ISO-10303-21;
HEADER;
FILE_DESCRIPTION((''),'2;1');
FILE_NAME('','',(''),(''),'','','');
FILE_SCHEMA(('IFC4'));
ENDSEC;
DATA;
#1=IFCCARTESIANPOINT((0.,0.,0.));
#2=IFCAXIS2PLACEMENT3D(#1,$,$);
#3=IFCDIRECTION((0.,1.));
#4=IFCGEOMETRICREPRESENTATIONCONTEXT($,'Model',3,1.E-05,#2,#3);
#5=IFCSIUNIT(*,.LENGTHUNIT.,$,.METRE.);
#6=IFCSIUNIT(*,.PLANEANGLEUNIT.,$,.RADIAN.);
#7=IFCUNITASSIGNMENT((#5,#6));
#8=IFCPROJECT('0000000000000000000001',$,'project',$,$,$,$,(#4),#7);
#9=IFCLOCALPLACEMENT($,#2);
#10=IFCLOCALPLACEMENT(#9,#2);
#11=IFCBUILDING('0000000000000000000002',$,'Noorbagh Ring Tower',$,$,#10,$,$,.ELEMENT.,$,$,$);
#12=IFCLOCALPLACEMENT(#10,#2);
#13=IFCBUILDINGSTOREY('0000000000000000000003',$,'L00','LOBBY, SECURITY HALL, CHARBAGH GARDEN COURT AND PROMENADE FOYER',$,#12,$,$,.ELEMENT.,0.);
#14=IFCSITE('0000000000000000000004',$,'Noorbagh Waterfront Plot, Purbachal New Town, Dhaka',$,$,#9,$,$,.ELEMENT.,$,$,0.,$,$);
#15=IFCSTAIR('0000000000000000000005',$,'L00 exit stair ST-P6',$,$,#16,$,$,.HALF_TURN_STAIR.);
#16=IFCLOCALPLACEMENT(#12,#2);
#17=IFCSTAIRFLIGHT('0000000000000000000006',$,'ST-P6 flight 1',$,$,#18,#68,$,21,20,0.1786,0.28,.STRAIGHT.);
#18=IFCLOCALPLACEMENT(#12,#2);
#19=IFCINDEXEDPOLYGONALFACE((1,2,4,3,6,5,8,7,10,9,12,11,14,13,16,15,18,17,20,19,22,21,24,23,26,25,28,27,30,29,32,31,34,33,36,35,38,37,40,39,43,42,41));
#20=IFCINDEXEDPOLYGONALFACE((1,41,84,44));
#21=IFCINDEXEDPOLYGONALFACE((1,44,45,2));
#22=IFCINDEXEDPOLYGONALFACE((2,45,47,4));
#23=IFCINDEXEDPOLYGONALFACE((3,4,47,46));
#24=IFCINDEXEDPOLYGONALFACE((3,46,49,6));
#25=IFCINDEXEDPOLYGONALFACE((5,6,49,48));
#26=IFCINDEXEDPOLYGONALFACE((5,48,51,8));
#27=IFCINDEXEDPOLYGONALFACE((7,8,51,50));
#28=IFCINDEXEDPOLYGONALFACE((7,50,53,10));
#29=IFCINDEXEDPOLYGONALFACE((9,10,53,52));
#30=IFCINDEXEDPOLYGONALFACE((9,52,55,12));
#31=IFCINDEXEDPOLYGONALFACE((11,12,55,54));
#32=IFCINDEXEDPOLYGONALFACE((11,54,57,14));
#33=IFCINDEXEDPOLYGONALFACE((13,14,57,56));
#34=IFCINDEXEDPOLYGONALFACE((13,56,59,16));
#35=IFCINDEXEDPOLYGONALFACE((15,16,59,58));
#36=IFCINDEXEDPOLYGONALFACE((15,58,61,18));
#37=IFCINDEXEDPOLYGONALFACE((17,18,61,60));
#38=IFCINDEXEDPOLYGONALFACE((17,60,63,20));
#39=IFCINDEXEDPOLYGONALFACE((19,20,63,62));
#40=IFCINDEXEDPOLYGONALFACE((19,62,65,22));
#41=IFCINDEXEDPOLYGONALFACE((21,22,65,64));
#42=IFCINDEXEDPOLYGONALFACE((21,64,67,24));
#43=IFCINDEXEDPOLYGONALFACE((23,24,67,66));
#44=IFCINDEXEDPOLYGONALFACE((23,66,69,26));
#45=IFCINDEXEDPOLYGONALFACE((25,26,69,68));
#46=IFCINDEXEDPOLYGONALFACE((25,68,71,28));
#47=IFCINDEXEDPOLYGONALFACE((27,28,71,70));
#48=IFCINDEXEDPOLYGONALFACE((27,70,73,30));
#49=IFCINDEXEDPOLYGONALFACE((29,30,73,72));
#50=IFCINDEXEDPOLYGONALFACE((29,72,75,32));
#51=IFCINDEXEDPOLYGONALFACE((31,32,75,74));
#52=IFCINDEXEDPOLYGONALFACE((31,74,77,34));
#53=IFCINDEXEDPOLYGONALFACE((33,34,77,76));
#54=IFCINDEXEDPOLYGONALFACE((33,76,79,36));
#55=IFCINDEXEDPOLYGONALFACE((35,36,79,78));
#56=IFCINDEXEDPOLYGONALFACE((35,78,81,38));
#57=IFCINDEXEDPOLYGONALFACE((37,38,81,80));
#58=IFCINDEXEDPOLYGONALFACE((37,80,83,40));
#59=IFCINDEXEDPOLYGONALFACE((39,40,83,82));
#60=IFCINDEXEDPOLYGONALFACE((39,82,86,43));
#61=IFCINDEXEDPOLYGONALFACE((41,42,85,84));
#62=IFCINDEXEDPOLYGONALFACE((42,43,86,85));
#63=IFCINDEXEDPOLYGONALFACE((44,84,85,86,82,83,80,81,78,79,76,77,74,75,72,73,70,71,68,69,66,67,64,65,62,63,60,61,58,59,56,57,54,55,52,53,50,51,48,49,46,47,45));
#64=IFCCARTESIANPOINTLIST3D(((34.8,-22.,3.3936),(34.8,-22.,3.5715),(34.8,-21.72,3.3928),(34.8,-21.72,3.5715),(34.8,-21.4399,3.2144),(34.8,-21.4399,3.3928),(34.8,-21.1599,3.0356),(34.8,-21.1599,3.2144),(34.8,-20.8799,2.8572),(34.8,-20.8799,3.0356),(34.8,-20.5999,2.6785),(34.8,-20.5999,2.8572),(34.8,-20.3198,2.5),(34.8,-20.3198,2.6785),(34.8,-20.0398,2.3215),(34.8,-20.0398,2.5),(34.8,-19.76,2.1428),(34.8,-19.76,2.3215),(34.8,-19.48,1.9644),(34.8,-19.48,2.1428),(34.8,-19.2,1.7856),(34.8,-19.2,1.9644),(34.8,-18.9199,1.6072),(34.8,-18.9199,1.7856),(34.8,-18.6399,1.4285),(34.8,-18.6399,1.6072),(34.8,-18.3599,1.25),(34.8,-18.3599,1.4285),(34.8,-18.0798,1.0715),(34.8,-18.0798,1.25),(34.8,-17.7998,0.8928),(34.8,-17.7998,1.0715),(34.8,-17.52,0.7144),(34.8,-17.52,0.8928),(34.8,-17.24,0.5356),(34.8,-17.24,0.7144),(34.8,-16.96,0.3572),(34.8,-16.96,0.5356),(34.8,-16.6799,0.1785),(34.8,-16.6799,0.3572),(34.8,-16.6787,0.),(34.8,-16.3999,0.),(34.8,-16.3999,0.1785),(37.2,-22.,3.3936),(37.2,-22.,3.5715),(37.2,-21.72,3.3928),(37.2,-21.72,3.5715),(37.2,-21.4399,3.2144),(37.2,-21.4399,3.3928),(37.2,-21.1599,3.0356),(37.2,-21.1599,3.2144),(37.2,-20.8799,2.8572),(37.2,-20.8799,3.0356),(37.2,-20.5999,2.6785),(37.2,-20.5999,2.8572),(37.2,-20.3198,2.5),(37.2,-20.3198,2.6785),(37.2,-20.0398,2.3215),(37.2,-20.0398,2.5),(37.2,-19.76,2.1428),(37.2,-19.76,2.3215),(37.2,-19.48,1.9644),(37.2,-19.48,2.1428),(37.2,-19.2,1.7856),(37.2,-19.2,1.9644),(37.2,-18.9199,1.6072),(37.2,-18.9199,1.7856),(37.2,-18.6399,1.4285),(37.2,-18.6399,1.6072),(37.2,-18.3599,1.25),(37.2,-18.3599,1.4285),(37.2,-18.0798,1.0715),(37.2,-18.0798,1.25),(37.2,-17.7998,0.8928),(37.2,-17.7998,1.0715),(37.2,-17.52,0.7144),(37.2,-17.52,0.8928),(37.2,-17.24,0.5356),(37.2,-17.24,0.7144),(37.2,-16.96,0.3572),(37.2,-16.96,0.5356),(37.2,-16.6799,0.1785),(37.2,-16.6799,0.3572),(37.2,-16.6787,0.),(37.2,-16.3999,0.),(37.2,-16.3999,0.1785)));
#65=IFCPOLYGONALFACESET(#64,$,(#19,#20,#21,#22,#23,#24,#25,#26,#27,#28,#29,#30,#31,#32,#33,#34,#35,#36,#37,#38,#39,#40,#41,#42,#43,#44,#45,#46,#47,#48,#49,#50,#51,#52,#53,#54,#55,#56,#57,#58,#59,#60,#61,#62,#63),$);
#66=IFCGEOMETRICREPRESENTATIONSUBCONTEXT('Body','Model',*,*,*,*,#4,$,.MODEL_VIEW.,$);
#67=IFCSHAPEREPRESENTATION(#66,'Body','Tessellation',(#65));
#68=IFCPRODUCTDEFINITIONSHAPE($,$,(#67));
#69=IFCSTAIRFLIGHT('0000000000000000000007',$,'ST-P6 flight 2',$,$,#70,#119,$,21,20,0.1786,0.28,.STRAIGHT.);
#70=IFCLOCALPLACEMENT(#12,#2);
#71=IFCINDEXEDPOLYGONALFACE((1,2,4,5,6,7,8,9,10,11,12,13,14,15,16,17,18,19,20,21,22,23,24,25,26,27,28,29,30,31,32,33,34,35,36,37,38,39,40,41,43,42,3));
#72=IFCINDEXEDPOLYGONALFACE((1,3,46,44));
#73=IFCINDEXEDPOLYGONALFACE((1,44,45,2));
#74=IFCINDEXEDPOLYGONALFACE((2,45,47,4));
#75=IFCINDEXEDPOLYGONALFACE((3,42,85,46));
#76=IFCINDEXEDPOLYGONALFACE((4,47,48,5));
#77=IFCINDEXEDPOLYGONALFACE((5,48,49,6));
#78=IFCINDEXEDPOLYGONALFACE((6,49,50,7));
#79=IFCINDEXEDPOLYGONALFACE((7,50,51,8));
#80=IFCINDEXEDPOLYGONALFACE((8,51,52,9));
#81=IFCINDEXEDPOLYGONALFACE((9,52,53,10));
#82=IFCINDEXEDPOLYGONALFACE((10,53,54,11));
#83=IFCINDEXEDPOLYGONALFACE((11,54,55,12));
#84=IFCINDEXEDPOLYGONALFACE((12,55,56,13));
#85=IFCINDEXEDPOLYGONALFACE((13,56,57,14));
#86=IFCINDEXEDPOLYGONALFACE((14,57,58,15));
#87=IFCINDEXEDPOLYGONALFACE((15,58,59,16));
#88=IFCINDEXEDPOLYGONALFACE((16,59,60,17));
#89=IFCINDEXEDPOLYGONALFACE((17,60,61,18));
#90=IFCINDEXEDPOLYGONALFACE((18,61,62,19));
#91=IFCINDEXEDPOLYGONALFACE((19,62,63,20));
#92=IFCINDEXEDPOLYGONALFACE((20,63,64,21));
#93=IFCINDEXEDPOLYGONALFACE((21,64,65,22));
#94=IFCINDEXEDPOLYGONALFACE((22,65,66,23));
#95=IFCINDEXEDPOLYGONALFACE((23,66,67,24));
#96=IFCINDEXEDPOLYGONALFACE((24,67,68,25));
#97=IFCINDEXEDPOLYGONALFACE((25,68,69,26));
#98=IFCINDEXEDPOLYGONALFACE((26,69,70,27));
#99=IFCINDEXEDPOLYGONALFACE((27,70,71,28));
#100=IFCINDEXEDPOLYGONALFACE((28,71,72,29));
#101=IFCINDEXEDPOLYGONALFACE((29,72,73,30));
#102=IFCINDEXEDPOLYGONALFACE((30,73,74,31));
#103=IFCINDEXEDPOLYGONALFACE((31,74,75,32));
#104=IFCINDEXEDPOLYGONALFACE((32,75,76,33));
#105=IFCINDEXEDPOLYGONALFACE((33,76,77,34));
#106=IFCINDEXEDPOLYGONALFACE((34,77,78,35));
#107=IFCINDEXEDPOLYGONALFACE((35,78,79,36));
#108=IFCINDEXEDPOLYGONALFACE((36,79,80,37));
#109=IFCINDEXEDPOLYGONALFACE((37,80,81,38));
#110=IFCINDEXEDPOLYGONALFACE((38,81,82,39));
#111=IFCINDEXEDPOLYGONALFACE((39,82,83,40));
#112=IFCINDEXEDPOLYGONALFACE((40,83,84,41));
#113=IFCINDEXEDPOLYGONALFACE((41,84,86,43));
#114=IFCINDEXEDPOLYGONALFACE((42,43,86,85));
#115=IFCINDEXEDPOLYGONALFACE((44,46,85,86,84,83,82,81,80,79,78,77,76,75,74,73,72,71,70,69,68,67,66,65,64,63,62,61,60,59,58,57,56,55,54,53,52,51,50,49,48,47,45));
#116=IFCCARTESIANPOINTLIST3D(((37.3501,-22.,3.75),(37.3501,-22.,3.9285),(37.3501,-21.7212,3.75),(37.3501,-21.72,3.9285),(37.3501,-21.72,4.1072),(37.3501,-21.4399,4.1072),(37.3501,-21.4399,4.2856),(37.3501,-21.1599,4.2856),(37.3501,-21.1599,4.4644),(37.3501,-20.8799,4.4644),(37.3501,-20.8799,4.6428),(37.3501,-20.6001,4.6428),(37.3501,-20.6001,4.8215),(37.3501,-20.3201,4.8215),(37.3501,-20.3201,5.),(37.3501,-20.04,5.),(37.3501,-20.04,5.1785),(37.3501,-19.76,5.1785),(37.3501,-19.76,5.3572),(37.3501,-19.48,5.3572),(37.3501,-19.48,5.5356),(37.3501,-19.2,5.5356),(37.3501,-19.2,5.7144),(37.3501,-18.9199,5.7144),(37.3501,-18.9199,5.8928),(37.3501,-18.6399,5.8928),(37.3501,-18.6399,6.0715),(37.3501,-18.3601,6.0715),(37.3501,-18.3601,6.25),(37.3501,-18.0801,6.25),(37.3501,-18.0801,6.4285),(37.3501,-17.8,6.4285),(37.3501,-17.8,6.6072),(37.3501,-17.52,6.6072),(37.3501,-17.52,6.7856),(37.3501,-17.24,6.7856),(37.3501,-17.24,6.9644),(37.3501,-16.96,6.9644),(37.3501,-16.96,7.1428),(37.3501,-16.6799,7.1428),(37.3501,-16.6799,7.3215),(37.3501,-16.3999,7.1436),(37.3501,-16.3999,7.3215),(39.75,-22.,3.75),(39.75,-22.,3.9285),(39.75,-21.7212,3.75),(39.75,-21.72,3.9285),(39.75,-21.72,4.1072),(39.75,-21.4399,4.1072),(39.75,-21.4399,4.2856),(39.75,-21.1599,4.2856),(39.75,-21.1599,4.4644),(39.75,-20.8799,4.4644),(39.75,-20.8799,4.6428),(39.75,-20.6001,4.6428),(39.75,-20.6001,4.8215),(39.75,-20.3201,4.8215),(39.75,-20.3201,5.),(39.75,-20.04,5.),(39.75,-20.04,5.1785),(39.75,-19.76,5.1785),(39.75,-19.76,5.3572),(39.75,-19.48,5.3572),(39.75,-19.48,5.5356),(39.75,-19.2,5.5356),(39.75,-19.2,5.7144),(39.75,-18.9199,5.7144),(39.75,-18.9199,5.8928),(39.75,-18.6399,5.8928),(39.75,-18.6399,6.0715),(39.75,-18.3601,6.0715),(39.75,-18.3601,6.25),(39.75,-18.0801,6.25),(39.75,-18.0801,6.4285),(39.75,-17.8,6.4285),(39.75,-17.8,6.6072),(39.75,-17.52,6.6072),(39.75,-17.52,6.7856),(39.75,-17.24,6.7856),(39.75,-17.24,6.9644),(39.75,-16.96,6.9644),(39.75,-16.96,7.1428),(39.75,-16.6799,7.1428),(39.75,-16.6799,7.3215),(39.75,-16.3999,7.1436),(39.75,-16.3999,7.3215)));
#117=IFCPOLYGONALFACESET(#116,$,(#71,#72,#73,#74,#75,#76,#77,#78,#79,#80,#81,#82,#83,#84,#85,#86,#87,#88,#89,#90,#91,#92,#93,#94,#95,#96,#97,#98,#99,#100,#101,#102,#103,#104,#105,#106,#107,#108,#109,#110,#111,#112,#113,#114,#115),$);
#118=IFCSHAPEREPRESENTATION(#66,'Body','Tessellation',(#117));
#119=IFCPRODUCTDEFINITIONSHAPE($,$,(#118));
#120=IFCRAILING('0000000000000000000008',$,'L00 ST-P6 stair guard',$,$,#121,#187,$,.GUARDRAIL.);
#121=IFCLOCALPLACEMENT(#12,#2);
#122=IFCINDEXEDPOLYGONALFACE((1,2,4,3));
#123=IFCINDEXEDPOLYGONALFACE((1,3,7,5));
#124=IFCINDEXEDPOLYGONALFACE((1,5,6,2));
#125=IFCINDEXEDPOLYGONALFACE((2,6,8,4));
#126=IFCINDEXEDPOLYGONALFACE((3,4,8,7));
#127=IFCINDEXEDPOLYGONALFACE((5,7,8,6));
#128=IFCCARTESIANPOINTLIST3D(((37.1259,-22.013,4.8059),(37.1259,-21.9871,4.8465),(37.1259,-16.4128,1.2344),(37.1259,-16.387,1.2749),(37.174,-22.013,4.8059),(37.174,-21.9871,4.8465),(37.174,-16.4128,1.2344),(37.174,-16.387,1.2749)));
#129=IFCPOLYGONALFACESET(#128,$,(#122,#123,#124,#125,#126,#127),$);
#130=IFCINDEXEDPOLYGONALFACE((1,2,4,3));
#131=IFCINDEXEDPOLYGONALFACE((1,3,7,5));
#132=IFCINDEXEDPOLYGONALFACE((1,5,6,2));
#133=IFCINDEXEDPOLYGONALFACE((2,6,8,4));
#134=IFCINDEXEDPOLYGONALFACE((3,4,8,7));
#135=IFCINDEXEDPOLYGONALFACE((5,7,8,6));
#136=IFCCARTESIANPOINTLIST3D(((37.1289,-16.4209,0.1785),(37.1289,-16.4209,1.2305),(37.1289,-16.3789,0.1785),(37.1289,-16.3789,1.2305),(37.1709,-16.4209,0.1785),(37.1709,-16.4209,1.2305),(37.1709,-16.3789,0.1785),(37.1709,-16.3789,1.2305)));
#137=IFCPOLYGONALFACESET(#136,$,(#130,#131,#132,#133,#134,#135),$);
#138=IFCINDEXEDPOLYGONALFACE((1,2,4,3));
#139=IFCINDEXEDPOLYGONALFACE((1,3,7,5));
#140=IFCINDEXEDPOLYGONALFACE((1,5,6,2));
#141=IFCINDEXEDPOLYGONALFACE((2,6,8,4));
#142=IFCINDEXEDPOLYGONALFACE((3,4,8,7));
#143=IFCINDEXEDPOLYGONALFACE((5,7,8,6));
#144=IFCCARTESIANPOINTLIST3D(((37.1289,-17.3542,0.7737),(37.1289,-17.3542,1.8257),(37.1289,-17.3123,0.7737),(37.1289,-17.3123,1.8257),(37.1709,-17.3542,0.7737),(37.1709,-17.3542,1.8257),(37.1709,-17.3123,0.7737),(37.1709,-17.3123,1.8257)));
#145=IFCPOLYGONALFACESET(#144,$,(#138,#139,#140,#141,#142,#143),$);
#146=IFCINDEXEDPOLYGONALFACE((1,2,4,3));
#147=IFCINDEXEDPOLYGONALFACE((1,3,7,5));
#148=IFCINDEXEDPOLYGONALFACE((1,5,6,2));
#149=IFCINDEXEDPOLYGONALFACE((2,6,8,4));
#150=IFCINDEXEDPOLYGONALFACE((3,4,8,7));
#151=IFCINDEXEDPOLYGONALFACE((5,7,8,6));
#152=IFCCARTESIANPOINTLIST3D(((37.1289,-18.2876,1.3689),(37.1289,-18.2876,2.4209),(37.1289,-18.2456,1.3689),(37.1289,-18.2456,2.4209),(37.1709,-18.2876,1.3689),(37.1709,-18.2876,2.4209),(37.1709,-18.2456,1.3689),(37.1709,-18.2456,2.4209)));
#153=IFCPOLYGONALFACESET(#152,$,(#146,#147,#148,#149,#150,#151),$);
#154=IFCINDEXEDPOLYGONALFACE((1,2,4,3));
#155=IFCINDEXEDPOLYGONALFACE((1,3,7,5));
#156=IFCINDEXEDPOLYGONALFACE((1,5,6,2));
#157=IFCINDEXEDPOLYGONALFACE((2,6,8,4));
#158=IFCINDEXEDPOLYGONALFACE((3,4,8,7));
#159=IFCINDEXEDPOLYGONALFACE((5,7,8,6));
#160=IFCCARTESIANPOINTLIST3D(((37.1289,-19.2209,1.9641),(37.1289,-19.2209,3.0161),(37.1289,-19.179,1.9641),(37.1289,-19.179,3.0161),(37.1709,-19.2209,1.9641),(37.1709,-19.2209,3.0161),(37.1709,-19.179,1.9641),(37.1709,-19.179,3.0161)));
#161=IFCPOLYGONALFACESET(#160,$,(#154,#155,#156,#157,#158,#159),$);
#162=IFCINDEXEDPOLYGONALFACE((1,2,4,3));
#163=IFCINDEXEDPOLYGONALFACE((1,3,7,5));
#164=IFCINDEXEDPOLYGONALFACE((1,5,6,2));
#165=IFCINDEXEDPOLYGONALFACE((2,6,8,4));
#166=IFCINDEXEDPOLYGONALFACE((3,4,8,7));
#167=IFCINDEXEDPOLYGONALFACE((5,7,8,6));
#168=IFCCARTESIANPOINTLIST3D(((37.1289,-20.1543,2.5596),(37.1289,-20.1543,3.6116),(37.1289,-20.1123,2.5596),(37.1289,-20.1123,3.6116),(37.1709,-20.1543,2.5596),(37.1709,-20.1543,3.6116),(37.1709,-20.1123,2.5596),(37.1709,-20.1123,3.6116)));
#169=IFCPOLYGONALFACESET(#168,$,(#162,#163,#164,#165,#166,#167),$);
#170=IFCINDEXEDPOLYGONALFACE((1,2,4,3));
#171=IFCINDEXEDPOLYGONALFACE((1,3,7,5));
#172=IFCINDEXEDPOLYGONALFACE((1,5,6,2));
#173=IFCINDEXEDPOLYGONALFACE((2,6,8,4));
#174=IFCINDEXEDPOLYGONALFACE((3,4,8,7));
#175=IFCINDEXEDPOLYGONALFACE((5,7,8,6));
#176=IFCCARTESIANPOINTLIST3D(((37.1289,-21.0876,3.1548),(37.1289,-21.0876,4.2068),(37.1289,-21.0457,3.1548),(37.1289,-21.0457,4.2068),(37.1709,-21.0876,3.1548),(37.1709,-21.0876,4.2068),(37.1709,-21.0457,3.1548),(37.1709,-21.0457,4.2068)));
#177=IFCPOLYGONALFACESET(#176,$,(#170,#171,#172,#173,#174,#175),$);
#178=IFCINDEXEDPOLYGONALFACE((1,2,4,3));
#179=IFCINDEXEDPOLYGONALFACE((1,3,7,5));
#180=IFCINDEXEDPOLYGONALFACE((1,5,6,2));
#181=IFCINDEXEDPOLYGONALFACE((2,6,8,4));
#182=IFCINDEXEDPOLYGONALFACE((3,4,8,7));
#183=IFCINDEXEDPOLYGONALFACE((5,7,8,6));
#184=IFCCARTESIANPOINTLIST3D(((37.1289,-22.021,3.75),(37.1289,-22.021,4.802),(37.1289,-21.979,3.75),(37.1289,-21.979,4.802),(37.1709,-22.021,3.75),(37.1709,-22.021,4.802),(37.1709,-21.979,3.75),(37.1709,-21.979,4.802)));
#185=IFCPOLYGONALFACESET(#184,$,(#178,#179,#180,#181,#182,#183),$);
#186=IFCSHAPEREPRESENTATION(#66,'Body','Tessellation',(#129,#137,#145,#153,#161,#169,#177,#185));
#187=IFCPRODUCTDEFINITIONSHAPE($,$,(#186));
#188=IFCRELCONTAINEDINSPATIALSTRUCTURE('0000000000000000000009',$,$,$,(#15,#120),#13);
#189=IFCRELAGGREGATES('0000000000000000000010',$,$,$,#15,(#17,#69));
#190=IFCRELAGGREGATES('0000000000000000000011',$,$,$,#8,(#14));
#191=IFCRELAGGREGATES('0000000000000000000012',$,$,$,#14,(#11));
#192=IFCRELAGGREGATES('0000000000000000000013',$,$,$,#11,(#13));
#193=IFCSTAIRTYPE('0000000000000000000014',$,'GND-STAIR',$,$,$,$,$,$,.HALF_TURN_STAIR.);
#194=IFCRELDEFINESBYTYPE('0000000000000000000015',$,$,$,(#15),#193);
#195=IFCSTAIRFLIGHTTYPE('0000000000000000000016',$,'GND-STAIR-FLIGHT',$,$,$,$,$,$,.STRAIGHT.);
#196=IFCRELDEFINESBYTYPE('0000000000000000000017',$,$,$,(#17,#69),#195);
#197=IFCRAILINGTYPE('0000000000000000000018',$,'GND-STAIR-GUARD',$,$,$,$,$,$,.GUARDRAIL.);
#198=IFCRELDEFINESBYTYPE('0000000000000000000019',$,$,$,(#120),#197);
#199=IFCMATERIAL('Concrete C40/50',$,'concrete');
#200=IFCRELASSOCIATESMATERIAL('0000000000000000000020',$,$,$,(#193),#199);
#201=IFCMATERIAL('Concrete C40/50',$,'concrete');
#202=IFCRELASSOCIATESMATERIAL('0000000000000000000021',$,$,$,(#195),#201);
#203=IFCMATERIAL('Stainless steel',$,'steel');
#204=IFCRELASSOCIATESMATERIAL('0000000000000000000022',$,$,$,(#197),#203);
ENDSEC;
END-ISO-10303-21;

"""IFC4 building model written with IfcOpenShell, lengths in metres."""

from ifc_helpers import new_model, si_unit, direction, frame, origin, origin_2d, place, context, subcontext, project, spatial, polyline, rectangle, outline, extrude, material, type_object, element, aggregate, save


model = new_model("IFC4")

# Units and contexts
model_context = context("Model", 3, precision=1e-05, world=origin(), true_north=direction((0.0, 1.0)))
body_context = subcontext(model_context, "Body", "Model", "MODEL_VIEW")
ifc_project = project(units=[si_unit("LENGTHUNIT", "METRE"), si_unit("PLANEANGLEUNIT", "RADIAN")], contexts=[model_context])

# Site, building, storey
site_placement = place(None, origin())
site = spatial("IfcSite", under=ifc_project, at=site_placement, Name="Noorbagh Waterfront Plot, Purbachal New Town, Dhaka", CompositionType="ELEMENT", RefElevation=0.0)
building_placement = place(site_placement, origin())
building = spatial("IfcBuilding", under=site, at=building_placement, Name="Noorbagh Ring Tower", CompositionType="ELEMENT")
storey_placement = place(building_placement, origin())
storey = spatial("IfcBuildingStorey", under=building, at=storey_placement, Name="L00", Description="LOBBY, SECURITY HALL, CHARBAGH GARDEN COURT AND PROMENADE FOYER", CompositionType="ELEMENT", Elevation=0.0)

# Stair, stair flights
ifc_material_1 = material(Name="Concrete C40/50", Category="concrete")
stair_type = type_object("IfcStairType", Name="GND-STAIR", PredefinedType="HALF_TURN_STAIR", material=ifc_material_1)
stair_placement = place(storey_placement, origin())
stair = element("IfcStair", 1, at=stair_placement, inside=storey, type_object=stair_type, Name="L00 exit stair ST-P6", PredefinedType="HALF_TURN_STAIR")
ifc_material_2 = material(Name="Concrete C40/50", Category="concrete")
stair_flight_type = type_object("IfcStairFlightType", Name="GND-STAIR-FLIGHT", PredefinedType="STRAIGHT", material=ifc_material_2)
stair_flight_1_placement = place(storey_placement, frame((36.0, -16.3999, 0.0), z_axis=(0.0, 0.0, 1.0), x_axis=(0.0, -1.0, 0.0)))
stair_flight_1 = element("IfcStairFlight", 2, at=stair_flight_1_placement, type_object=stair_flight_type, Name="ST-P6 flight 1", NumberOfRisers=21, NumberOfTreads=20, PredefinedType="STRAIGHT", RiserHeight=0.1786, TreadLength=0.28, context=body_context, shape_type="SweptSolid", body=[
    extrude(outline(polyline([(0.0, 0.0), (0.0, 0.1785), (0.28, 0.1785), (0.28, 0.3572), (0.5601, 0.3572), (0.5601, 0.5356), (0.8401, 0.5356), (0.8401, 0.7144), (1.1201, 0.7144), (1.1201, 0.8928), (1.3999, 0.8928), (1.3999, 1.0715), (1.6799, 1.0715), (1.6799, 1.25), (1.96, 1.25), (1.96, 1.4285), (2.24, 1.4285), (2.24, 1.6072), (2.52, 1.6072), (2.52, 1.7856), (2.8, 1.7856), (2.8, 1.9644), (3.0801, 1.9644), (3.0801, 2.1428), (3.3601, 2.1428), (3.3601, 2.3215), (3.6399, 2.3215), (3.6399, 2.5), (3.9199, 2.5), (3.9199, 2.6785), (4.2, 2.6785), (4.2, 2.8572), (4.48, 2.8572), (4.48, 3.0356), (4.76, 3.0356), (4.76, 3.2144), (5.04, 3.2144), (5.04, 3.3928), (5.3201, 3.3928), (5.3201, 3.5715), (5.6001, 3.5715), (5.6001, 3.75), (5.6001, 3.3936), (0.2788, 0.0), (0.0, 0.0)])), frame((0.0, 1.2, 0.0), z_axis=(0.0, -1.0, 0.0), x_axis=(1.0, 0.0, 0.0)), (0.0, 0.0, 1.0), 2.3999),
])
stair_flight_2_placement = place(storey_placement, frame((38.55, -22.0, 3.75), z_axis=(0.0, 0.0, 1.0), x_axis=(0.0, 1.0, 0.0)))
stair_flight_2 = element("IfcStairFlight", 3, at=stair_flight_2_placement, type_object=stair_flight_type, Name="ST-P6 flight 2", NumberOfRisers=21, NumberOfTreads=20, PredefinedType="STRAIGHT", RiserHeight=0.1786, TreadLength=0.28, context=body_context, shape_type="SweptSolid", body=[
    extrude(outline(polyline([(0.0, 0.0), (0.0, 0.1785), (0.28, 0.1785), (0.28, 0.3572), (0.5601, 0.3572), (0.5601, 0.5356), (0.8401, 0.5356), (0.8401, 0.7144), (1.1201, 0.7144), (1.1201, 0.8928), (1.3999, 0.8928), (1.3999, 1.0715), (1.6799, 1.0715), (1.6799, 1.25), (1.96, 1.25), (1.96, 1.4285), (2.24, 1.4285), (2.24, 1.6072), (2.52, 1.6072), (2.52, 1.7856), (2.8, 1.7856), (2.8, 1.9644), (3.0801, 1.9644), (3.0801, 2.1428), (3.3601, 2.1428), (3.3601, 2.3215), (3.6399, 2.3215), (3.6399, 2.5), (3.9199, 2.5), (3.9199, 2.6785), (4.2, 2.6785), (4.2, 2.8572), (4.48, 2.8572), (4.48, 3.0356), (4.76, 3.0356), (4.76, 3.2144), (5.04, 3.2144), (5.04, 3.3928), (5.3201, 3.3928), (5.3201, 3.5715), (5.6001, 3.5715), (5.6001, 3.75), (5.6001, 3.3936), (0.2788, 0.0), (0.0, 0.0)])), frame((0.0, 1.2, 0.0), z_axis=(0.0, -1.0, 0.0), x_axis=(1.0, 0.0, 0.0)), (0.0, 0.0, 1.0), 2.3999),
])
aggregate(stair, [stair_flight_1, stair_flight_2])

# Railing
ifc_material_3 = material(Name="Stainless steel", Category="steel")
railing_type_1 = type_object("IfcRailingType", Name="GND-STAIR-GUARD", PredefinedType="GUARDRAIL", material=ifc_material_3)
railing_1_placement = place(storey_placement, frame((37.1499, -16.3999, 0.1785)))
element("IfcRailing", 4, at=railing_1_placement, inside=storey, type_object=railing_type_1, Name="L00 ST-P6 stair guard", PredefinedType="GUARDRAIL", context=body_context, shape_type="SweptSolid", body=[
    extrude(rectangle(XDim=0.0481, YDim=0.0481, at=origin_2d()), frame((0.0, 0.0, 1.0762), z_axis=(0.0, -0.843127, 0.537715), x_axis=(1.0, 0.0, 0.0)), (0.0, 0.0, 1.0), 6.6421),
    extrude(rectangle(XDim=0.042, YDim=0.042, at=origin_2d()), origin(), (0.0, 0.0, 1.0), 1.052),
    extrude(rectangle(XDim=0.042, YDim=0.042, at=origin_2d()), frame((0.0, -0.9333, 0.5952)), (0.0, 0.0, 1.0), 1.052),
    extrude(rectangle(XDim=0.042, YDim=0.042, at=origin_2d()), frame((0.0, -1.8667, 1.1904)), (0.0, 0.0, 1.0), 1.052),
    extrude(rectangle(XDim=0.042, YDim=0.042, at=origin_2d()), frame((0.0, -2.8, 1.7856)), (0.0, 0.0, 1.0), 1.052),
    extrude(rectangle(XDim=0.042, YDim=0.042, at=origin_2d()), frame((0.0, -3.7334, 2.3811)), (0.0, 0.0, 1.0), 1.052),
    extrude(rectangle(XDim=0.042, YDim=0.042, at=origin_2d()), frame((0.0, -4.6667, 2.9763)), (0.0, 0.0, 1.0), 1.052),
    extrude(rectangle(XDim=0.042, YDim=0.042, at=origin_2d()), frame((0.0, -5.6001, 3.5715)), (0.0, 0.0, 1.0), 1.052),
])

save(model, "model.ifc")
